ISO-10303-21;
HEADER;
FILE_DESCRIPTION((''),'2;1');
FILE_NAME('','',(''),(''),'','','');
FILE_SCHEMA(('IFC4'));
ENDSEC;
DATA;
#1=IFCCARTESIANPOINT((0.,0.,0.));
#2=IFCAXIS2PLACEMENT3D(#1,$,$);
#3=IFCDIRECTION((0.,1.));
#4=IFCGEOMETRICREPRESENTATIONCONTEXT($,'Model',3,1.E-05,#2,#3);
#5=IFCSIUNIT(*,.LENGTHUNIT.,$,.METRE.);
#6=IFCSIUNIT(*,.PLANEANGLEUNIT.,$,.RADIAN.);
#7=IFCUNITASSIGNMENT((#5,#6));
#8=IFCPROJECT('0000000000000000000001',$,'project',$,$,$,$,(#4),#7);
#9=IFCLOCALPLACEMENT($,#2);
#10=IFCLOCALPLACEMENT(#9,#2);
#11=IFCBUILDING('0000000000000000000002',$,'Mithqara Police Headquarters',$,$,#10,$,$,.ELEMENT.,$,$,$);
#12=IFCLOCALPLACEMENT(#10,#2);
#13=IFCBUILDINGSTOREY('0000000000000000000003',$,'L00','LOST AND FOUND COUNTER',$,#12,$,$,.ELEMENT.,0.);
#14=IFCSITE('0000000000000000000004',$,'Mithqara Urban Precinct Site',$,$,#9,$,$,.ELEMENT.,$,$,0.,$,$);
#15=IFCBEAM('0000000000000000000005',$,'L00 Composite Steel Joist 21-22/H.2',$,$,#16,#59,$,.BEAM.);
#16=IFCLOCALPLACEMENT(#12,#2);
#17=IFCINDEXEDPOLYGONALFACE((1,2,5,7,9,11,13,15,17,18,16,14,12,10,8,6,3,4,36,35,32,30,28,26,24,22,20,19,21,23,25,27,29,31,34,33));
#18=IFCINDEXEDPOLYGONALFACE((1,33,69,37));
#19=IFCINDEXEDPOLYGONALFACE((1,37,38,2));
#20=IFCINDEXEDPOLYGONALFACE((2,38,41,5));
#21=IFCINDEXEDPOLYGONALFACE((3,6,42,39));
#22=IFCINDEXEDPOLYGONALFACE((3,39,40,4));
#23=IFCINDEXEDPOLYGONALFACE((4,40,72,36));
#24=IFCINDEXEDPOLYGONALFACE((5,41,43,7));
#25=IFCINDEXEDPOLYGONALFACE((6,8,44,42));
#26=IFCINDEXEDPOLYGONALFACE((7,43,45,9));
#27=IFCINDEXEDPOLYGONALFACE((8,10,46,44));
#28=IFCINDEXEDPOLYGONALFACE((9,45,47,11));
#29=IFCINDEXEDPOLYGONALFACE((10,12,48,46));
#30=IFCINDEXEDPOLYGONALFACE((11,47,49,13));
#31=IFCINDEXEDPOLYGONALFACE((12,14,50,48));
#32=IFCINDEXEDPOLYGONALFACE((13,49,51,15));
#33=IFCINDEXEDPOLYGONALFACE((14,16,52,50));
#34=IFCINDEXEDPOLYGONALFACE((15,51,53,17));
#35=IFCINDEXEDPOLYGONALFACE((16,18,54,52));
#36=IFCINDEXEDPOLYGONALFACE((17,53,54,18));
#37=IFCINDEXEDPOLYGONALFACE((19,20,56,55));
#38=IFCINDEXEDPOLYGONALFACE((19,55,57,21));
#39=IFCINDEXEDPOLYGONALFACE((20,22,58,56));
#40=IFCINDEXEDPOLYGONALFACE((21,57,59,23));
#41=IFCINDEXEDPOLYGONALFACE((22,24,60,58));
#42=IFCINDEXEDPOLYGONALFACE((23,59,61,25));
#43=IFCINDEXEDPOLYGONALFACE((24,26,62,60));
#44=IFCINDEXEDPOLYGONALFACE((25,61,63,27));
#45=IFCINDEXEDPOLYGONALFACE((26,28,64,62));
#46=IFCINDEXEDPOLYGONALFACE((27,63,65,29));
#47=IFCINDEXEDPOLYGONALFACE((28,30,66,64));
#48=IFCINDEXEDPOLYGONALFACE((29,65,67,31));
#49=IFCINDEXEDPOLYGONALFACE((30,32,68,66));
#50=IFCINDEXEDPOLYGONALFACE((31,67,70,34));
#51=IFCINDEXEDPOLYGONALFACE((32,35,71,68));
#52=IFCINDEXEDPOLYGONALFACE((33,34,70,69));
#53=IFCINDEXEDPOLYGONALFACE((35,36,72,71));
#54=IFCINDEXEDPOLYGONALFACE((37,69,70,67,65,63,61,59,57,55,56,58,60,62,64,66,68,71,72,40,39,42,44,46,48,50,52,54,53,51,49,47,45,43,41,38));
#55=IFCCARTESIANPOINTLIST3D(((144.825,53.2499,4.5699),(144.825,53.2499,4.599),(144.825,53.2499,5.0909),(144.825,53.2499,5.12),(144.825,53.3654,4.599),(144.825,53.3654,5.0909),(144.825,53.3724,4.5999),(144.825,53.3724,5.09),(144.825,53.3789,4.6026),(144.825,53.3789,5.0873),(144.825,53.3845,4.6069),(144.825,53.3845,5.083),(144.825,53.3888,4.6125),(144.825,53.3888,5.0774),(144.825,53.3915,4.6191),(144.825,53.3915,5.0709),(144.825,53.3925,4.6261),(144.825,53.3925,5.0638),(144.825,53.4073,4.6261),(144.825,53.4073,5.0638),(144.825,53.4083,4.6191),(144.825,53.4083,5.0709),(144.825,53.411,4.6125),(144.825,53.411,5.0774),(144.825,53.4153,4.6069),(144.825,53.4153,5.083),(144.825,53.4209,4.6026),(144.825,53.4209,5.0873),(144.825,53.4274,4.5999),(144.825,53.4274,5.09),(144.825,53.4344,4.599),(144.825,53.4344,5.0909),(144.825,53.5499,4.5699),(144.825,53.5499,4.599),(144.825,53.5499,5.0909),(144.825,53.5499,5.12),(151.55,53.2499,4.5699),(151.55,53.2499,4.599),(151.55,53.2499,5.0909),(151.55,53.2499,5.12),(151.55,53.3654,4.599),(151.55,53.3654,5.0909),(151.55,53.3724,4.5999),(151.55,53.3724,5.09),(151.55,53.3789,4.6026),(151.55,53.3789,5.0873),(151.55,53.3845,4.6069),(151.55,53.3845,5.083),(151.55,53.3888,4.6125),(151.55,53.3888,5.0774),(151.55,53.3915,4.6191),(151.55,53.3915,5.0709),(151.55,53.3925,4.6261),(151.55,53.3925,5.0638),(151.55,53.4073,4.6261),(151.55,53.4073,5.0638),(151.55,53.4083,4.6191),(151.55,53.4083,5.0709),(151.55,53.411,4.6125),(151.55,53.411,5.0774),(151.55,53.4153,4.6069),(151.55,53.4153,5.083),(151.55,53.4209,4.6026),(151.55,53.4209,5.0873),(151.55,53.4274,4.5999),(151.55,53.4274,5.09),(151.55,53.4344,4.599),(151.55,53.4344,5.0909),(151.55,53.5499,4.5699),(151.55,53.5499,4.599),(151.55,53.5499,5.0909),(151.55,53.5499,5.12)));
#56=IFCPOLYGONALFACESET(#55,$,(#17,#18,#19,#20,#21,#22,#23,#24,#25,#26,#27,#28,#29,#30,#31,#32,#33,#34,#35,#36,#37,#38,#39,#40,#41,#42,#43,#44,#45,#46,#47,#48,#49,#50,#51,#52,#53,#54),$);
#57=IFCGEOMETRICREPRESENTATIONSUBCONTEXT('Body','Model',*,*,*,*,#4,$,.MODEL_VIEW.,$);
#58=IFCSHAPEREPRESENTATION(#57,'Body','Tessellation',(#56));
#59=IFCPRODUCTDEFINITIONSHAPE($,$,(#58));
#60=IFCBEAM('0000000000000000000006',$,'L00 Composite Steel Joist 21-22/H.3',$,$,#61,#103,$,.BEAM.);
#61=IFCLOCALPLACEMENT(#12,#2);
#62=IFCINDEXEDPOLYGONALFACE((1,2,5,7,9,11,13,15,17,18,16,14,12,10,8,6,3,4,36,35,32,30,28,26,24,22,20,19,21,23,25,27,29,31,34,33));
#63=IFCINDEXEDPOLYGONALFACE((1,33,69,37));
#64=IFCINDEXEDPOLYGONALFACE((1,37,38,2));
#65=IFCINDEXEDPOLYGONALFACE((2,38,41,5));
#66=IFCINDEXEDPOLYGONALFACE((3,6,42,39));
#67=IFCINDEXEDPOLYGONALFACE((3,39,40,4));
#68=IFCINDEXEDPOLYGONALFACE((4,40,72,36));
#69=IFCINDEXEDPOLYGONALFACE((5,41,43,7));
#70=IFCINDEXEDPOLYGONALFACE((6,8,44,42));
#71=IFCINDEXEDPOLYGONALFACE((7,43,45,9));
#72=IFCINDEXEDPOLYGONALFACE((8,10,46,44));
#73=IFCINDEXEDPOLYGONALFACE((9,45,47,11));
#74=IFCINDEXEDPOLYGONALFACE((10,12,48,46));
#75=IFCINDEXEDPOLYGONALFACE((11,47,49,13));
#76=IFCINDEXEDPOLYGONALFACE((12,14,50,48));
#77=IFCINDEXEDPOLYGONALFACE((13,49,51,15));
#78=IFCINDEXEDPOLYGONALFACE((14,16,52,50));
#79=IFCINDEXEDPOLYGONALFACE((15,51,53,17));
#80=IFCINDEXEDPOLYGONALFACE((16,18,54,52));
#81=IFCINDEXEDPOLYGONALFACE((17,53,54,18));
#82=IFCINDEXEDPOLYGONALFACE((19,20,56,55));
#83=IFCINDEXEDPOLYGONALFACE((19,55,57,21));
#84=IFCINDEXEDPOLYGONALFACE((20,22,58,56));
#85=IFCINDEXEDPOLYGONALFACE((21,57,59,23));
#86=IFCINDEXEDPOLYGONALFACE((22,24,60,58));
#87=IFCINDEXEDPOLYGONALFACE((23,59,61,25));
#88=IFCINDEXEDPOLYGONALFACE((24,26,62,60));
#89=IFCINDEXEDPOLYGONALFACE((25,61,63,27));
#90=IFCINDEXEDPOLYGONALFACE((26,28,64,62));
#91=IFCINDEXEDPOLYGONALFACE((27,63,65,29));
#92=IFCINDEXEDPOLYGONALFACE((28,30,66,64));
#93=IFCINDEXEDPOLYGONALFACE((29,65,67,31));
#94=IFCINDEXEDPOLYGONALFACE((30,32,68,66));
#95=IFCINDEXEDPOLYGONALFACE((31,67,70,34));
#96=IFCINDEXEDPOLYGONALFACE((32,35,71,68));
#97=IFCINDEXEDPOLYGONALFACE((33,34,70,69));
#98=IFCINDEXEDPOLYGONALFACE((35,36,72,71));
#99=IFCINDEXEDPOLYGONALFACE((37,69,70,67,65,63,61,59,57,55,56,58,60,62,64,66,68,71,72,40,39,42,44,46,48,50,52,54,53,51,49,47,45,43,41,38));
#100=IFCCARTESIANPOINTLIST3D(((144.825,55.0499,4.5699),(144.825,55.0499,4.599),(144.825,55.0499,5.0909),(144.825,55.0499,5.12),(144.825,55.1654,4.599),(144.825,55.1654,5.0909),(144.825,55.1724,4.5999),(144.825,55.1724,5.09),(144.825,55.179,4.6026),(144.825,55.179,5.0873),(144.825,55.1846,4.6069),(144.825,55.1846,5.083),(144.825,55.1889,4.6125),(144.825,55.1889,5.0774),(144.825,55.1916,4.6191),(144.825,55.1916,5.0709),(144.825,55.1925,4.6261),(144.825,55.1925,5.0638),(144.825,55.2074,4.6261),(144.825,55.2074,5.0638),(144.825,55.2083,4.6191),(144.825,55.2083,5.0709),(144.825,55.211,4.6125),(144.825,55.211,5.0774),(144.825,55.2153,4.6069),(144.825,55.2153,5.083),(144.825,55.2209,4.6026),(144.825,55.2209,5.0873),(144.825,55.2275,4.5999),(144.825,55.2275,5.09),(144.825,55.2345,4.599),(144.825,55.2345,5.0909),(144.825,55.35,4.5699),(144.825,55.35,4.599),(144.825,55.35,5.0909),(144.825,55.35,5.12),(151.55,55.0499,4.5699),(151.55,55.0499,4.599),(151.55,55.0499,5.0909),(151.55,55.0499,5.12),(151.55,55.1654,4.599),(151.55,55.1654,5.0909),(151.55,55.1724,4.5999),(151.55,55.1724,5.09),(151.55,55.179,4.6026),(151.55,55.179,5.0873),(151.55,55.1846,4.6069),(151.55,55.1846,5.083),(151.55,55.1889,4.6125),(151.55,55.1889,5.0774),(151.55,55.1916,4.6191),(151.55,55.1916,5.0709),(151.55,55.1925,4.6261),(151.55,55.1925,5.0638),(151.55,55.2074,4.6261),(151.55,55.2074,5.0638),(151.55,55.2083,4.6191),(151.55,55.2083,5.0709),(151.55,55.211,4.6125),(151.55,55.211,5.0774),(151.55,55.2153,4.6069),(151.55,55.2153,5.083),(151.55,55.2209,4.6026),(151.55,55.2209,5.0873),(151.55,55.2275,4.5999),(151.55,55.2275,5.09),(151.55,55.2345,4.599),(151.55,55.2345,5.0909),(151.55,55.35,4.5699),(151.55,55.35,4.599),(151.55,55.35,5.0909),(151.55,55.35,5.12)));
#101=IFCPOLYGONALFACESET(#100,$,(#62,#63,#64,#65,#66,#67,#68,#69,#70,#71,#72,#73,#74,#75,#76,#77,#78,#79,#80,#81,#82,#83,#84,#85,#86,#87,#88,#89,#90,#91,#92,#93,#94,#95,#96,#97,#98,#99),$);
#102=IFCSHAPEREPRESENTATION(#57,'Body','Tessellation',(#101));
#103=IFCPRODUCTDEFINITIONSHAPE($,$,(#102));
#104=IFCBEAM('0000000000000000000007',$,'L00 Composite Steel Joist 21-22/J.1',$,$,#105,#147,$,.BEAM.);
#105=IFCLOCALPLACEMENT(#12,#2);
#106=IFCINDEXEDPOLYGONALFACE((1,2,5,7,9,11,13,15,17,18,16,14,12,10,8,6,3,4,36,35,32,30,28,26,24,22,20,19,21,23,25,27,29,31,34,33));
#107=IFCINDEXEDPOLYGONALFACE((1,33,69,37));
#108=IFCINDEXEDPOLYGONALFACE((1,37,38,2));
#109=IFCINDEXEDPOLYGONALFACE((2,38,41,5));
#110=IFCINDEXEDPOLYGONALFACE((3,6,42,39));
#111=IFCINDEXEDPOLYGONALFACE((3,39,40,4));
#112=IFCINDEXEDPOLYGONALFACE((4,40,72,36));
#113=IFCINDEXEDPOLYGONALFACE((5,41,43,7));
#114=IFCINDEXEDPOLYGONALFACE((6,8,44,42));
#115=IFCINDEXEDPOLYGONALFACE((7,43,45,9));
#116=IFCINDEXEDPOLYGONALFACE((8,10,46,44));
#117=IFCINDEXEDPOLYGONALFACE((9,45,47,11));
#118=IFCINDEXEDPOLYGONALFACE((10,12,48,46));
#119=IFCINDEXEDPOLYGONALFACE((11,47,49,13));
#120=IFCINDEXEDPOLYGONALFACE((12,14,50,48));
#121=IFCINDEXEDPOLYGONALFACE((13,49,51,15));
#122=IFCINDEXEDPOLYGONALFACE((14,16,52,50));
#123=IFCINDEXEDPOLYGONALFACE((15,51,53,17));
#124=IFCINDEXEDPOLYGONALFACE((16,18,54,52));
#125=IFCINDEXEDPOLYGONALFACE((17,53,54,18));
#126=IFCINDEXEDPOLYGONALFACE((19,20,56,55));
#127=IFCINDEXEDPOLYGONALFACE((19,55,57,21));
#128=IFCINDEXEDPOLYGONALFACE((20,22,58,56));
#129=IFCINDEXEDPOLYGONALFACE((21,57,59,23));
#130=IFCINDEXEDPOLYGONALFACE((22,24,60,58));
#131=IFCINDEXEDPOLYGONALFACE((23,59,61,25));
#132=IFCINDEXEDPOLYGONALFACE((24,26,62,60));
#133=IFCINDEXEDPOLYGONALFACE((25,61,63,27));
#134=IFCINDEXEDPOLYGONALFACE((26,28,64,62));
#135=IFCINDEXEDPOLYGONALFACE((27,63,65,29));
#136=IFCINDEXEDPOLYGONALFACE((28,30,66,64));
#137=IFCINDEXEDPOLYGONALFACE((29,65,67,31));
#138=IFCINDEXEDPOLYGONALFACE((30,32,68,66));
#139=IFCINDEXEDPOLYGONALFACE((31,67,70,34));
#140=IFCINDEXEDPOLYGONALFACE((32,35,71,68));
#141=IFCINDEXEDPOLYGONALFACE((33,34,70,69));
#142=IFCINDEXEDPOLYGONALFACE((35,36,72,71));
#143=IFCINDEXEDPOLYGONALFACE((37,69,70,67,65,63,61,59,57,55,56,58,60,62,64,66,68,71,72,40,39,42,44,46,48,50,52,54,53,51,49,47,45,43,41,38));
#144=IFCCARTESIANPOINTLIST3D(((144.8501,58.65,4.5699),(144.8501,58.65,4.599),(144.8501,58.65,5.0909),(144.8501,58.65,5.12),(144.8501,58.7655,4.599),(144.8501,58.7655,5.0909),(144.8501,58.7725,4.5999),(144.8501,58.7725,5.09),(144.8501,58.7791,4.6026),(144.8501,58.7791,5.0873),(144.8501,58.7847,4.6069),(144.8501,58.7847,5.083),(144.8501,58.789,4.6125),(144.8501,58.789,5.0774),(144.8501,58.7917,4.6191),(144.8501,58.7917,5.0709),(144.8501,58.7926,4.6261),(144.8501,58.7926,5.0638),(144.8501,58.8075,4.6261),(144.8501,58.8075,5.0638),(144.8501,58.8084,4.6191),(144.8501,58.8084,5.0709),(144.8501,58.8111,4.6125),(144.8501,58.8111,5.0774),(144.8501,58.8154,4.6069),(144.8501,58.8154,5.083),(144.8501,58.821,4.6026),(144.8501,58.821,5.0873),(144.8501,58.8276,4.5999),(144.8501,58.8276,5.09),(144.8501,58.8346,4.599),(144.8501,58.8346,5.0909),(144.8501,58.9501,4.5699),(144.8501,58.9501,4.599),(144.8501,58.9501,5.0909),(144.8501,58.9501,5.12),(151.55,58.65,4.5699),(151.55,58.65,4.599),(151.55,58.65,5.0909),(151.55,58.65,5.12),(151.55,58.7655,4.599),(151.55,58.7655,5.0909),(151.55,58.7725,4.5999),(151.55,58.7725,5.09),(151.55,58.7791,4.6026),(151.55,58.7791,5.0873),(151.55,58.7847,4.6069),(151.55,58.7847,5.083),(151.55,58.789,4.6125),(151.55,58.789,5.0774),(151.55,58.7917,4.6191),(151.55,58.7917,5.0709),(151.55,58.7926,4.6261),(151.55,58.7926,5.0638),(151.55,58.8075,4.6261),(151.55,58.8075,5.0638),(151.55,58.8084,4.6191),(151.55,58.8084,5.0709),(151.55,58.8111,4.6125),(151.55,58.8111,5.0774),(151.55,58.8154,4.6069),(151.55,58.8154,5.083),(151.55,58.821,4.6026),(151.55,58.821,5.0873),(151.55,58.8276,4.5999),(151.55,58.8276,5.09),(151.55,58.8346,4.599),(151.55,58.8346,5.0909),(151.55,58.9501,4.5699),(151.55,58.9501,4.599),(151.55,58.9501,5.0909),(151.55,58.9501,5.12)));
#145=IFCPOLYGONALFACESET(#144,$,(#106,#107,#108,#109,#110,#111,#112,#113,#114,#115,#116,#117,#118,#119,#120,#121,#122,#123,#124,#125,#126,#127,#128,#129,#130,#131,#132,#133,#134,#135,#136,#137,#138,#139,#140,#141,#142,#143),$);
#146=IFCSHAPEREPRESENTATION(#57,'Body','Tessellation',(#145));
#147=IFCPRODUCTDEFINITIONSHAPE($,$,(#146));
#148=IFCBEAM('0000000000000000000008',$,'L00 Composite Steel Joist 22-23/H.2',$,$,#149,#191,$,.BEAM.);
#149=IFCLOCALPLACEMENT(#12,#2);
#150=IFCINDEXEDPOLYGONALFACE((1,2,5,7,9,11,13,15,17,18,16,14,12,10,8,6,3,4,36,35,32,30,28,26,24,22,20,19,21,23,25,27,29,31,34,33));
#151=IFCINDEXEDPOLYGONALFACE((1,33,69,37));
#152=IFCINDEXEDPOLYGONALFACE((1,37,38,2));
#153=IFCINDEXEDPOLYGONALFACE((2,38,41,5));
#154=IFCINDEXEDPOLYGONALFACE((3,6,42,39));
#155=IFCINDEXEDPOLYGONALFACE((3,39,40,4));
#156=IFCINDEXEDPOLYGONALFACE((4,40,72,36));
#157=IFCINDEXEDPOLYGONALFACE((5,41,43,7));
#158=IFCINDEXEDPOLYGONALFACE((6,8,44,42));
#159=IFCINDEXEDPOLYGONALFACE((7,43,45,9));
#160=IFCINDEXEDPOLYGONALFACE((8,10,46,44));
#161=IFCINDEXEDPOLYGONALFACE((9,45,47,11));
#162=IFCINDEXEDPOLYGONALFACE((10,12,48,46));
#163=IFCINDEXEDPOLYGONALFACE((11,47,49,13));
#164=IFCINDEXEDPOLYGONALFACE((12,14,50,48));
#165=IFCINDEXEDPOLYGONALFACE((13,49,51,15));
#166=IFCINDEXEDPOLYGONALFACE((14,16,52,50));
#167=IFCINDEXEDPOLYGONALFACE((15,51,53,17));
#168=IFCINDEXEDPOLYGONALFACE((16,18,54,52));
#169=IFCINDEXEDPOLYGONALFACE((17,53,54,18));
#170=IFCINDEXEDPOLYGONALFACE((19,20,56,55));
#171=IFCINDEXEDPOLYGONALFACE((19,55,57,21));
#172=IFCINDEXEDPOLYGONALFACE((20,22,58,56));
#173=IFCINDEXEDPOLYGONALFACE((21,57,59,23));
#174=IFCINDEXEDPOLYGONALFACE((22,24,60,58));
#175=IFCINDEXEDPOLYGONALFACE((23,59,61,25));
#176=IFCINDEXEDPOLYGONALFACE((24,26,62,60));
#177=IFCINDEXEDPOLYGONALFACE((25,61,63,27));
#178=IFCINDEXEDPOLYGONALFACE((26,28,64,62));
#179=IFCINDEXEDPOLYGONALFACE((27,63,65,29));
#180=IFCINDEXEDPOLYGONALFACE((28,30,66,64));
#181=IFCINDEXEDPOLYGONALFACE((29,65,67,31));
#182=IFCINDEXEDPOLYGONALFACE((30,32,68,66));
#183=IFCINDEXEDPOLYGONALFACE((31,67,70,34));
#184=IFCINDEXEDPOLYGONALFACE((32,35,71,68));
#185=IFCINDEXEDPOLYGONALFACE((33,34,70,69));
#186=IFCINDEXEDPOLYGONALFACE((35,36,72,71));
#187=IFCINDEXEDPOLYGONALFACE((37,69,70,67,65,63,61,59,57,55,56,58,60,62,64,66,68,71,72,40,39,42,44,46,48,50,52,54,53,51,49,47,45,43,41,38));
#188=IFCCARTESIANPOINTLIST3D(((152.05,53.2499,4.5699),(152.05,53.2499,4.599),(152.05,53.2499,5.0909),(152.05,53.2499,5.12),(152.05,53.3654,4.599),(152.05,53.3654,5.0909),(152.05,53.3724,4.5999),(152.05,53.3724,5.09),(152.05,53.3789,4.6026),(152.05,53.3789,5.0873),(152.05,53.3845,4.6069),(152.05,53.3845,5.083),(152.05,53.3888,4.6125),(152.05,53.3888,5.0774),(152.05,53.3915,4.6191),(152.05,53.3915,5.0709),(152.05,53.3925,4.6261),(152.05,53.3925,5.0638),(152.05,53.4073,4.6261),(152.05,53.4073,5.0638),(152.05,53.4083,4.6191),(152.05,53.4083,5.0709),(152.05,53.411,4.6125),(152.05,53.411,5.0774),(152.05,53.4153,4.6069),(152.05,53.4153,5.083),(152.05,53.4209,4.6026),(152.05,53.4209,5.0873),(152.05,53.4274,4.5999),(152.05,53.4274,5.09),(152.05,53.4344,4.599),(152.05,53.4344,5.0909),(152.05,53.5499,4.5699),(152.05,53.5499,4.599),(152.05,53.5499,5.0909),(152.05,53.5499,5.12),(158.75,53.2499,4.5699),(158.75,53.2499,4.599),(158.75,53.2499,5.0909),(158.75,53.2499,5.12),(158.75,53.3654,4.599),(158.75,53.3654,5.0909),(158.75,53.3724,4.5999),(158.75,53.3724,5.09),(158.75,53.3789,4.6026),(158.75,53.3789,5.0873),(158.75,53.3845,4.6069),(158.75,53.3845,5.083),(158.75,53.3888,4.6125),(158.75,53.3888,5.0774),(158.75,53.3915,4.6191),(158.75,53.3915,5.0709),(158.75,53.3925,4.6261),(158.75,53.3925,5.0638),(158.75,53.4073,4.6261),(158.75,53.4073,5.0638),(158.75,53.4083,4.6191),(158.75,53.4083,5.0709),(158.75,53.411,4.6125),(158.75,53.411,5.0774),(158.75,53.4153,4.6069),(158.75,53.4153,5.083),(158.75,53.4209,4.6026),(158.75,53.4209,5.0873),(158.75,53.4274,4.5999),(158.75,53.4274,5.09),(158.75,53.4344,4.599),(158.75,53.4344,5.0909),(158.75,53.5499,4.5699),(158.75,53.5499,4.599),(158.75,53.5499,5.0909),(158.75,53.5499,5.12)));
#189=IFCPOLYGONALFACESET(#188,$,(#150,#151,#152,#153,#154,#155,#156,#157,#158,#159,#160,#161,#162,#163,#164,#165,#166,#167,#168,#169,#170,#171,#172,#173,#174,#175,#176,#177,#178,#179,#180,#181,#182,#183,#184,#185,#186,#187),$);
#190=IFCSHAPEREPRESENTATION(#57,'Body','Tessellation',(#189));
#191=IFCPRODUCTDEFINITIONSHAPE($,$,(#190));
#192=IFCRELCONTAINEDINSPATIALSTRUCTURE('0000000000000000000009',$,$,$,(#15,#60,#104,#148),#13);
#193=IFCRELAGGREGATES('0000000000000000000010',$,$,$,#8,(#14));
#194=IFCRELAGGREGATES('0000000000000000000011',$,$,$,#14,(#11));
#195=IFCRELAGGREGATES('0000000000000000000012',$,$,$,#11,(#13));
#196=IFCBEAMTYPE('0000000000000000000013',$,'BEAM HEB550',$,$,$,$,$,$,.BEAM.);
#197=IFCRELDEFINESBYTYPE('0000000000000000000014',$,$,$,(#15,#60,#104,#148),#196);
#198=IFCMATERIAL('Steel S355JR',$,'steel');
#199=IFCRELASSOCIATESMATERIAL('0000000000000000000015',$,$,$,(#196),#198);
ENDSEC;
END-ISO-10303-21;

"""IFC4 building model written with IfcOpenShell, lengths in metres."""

from ifc_helpers import new_model, si_unit, direction, frame, origin, origin_2d, place, context, subcontext, project, spatial, i_section, extrude, material, material_profile, profile_set, type_object, element, save


model = new_model("IFC4")

# Units and contexts
model_context = context("Model", 3, precision=1e-05, world=origin(), true_north=direction((0.0, 1.0)))
body_context = subcontext(model_context, "Body", "Model", "MODEL_VIEW")
ifc_project = project(units=[si_unit("LENGTHUNIT", "METRE"), si_unit("PLANEANGLEUNIT", "RADIAN")], contexts=[model_context])

# Site, building, storey
site_placement = place(None, origin())
site = spatial("IfcSite", under=ifc_project, at=site_placement, Name="Mithqara Urban Precinct Site", CompositionType="ELEMENT", RefElevation=0.0)
building_placement = place(site_placement, origin())
building = spatial("IfcBuilding", under=site, at=building_placement, Name="Mithqara Police Headquarters", CompositionType="ELEMENT")
storey_placement = place(building_placement, origin())
storey = spatial("IfcBuildingStorey", under=building, at=storey_placement, Name="L00", Description="LOST AND FOUND COUNTER", CompositionType="ELEMENT", Elevation=0.0)

# Beams
ifc_material_1 = material(Name="Steel S355JR", Category="steel")
ifc_material_profile_1 = material_profile(ifc_material_1, i_section(OverallWidth=0.3, OverallDepth=0.55, WebThickness=0.0149, FlangeThickness=0.0291, FilletRadius=0.0271, at=origin_2d()), Name="HEB 550")
ifc_profile_set_1 = profile_set([ifc_material_profile_1], Name="Steel S355JR")
beam_type_1 = type_object("IfcBeamType", Name="BEAM HEB550", PredefinedType="BEAM", material=ifc_profile_set_1)
for number, where, z_axis, x_axis, name in (
    (1, (144.825, 53.3999, 4.845), (1.0, 0.0, 0.0), (0.0, 1.0, 0.0), "L00 Composite Steel Joist 21-22/H.2"),
    (2, (144.825, 55.2, 4.845), (1.0, 0.0, 0.0), (0.0, 1.0, 0.0), "L00 Composite Steel Joist 21-22/H.3"),
):
    element("IfcBeam", number, at=place(storey_placement, frame(where, z_axis=z_axis, x_axis=x_axis)), inside=storey, type_object=beam_type_1, Name=name, PredefinedType="BEAM", context=body_context, shape_type="SweptSolid", body=[
        extrude(i_section(OverallWidth=0.3, OverallDepth=0.55, WebThickness=0.0149, FlangeThickness=0.0291, FilletRadius=0.0271, at=origin_2d()), origin(), (0.0, 0.0, 1.0), 6.7251),
    ])
for number, where, z_axis, x_axis, name in (
    (3, (144.8501, 58.8, 4.845), (1.0, 0.0, 0.0), (0.0, 1.0, 0.0), "L00 Composite Steel Joist 21-22/J.1"),
    (4, (152.05, 53.3999, 4.845), (1.0, 0.0, 0.0), (0.0, 1.0, 0.0), "L00 Composite Steel Joist 22-23/H.2"),
):
    element("IfcBeam", number, at=place(storey_placement, frame(where, z_axis=z_axis, x_axis=x_axis)), inside=storey, type_object=beam_type_1, Name=name, PredefinedType="BEAM", context=body_context, shape_type="SweptSolid", body=[
        extrude(i_section(OverallWidth=0.3, OverallDepth=0.55, WebThickness=0.0149, FlangeThickness=0.0291, FilletRadius=0.0271, at=origin_2d()), origin(), (0.0, 0.0, 1.0), 6.7),
    ])

save(model, "model.ifc")
